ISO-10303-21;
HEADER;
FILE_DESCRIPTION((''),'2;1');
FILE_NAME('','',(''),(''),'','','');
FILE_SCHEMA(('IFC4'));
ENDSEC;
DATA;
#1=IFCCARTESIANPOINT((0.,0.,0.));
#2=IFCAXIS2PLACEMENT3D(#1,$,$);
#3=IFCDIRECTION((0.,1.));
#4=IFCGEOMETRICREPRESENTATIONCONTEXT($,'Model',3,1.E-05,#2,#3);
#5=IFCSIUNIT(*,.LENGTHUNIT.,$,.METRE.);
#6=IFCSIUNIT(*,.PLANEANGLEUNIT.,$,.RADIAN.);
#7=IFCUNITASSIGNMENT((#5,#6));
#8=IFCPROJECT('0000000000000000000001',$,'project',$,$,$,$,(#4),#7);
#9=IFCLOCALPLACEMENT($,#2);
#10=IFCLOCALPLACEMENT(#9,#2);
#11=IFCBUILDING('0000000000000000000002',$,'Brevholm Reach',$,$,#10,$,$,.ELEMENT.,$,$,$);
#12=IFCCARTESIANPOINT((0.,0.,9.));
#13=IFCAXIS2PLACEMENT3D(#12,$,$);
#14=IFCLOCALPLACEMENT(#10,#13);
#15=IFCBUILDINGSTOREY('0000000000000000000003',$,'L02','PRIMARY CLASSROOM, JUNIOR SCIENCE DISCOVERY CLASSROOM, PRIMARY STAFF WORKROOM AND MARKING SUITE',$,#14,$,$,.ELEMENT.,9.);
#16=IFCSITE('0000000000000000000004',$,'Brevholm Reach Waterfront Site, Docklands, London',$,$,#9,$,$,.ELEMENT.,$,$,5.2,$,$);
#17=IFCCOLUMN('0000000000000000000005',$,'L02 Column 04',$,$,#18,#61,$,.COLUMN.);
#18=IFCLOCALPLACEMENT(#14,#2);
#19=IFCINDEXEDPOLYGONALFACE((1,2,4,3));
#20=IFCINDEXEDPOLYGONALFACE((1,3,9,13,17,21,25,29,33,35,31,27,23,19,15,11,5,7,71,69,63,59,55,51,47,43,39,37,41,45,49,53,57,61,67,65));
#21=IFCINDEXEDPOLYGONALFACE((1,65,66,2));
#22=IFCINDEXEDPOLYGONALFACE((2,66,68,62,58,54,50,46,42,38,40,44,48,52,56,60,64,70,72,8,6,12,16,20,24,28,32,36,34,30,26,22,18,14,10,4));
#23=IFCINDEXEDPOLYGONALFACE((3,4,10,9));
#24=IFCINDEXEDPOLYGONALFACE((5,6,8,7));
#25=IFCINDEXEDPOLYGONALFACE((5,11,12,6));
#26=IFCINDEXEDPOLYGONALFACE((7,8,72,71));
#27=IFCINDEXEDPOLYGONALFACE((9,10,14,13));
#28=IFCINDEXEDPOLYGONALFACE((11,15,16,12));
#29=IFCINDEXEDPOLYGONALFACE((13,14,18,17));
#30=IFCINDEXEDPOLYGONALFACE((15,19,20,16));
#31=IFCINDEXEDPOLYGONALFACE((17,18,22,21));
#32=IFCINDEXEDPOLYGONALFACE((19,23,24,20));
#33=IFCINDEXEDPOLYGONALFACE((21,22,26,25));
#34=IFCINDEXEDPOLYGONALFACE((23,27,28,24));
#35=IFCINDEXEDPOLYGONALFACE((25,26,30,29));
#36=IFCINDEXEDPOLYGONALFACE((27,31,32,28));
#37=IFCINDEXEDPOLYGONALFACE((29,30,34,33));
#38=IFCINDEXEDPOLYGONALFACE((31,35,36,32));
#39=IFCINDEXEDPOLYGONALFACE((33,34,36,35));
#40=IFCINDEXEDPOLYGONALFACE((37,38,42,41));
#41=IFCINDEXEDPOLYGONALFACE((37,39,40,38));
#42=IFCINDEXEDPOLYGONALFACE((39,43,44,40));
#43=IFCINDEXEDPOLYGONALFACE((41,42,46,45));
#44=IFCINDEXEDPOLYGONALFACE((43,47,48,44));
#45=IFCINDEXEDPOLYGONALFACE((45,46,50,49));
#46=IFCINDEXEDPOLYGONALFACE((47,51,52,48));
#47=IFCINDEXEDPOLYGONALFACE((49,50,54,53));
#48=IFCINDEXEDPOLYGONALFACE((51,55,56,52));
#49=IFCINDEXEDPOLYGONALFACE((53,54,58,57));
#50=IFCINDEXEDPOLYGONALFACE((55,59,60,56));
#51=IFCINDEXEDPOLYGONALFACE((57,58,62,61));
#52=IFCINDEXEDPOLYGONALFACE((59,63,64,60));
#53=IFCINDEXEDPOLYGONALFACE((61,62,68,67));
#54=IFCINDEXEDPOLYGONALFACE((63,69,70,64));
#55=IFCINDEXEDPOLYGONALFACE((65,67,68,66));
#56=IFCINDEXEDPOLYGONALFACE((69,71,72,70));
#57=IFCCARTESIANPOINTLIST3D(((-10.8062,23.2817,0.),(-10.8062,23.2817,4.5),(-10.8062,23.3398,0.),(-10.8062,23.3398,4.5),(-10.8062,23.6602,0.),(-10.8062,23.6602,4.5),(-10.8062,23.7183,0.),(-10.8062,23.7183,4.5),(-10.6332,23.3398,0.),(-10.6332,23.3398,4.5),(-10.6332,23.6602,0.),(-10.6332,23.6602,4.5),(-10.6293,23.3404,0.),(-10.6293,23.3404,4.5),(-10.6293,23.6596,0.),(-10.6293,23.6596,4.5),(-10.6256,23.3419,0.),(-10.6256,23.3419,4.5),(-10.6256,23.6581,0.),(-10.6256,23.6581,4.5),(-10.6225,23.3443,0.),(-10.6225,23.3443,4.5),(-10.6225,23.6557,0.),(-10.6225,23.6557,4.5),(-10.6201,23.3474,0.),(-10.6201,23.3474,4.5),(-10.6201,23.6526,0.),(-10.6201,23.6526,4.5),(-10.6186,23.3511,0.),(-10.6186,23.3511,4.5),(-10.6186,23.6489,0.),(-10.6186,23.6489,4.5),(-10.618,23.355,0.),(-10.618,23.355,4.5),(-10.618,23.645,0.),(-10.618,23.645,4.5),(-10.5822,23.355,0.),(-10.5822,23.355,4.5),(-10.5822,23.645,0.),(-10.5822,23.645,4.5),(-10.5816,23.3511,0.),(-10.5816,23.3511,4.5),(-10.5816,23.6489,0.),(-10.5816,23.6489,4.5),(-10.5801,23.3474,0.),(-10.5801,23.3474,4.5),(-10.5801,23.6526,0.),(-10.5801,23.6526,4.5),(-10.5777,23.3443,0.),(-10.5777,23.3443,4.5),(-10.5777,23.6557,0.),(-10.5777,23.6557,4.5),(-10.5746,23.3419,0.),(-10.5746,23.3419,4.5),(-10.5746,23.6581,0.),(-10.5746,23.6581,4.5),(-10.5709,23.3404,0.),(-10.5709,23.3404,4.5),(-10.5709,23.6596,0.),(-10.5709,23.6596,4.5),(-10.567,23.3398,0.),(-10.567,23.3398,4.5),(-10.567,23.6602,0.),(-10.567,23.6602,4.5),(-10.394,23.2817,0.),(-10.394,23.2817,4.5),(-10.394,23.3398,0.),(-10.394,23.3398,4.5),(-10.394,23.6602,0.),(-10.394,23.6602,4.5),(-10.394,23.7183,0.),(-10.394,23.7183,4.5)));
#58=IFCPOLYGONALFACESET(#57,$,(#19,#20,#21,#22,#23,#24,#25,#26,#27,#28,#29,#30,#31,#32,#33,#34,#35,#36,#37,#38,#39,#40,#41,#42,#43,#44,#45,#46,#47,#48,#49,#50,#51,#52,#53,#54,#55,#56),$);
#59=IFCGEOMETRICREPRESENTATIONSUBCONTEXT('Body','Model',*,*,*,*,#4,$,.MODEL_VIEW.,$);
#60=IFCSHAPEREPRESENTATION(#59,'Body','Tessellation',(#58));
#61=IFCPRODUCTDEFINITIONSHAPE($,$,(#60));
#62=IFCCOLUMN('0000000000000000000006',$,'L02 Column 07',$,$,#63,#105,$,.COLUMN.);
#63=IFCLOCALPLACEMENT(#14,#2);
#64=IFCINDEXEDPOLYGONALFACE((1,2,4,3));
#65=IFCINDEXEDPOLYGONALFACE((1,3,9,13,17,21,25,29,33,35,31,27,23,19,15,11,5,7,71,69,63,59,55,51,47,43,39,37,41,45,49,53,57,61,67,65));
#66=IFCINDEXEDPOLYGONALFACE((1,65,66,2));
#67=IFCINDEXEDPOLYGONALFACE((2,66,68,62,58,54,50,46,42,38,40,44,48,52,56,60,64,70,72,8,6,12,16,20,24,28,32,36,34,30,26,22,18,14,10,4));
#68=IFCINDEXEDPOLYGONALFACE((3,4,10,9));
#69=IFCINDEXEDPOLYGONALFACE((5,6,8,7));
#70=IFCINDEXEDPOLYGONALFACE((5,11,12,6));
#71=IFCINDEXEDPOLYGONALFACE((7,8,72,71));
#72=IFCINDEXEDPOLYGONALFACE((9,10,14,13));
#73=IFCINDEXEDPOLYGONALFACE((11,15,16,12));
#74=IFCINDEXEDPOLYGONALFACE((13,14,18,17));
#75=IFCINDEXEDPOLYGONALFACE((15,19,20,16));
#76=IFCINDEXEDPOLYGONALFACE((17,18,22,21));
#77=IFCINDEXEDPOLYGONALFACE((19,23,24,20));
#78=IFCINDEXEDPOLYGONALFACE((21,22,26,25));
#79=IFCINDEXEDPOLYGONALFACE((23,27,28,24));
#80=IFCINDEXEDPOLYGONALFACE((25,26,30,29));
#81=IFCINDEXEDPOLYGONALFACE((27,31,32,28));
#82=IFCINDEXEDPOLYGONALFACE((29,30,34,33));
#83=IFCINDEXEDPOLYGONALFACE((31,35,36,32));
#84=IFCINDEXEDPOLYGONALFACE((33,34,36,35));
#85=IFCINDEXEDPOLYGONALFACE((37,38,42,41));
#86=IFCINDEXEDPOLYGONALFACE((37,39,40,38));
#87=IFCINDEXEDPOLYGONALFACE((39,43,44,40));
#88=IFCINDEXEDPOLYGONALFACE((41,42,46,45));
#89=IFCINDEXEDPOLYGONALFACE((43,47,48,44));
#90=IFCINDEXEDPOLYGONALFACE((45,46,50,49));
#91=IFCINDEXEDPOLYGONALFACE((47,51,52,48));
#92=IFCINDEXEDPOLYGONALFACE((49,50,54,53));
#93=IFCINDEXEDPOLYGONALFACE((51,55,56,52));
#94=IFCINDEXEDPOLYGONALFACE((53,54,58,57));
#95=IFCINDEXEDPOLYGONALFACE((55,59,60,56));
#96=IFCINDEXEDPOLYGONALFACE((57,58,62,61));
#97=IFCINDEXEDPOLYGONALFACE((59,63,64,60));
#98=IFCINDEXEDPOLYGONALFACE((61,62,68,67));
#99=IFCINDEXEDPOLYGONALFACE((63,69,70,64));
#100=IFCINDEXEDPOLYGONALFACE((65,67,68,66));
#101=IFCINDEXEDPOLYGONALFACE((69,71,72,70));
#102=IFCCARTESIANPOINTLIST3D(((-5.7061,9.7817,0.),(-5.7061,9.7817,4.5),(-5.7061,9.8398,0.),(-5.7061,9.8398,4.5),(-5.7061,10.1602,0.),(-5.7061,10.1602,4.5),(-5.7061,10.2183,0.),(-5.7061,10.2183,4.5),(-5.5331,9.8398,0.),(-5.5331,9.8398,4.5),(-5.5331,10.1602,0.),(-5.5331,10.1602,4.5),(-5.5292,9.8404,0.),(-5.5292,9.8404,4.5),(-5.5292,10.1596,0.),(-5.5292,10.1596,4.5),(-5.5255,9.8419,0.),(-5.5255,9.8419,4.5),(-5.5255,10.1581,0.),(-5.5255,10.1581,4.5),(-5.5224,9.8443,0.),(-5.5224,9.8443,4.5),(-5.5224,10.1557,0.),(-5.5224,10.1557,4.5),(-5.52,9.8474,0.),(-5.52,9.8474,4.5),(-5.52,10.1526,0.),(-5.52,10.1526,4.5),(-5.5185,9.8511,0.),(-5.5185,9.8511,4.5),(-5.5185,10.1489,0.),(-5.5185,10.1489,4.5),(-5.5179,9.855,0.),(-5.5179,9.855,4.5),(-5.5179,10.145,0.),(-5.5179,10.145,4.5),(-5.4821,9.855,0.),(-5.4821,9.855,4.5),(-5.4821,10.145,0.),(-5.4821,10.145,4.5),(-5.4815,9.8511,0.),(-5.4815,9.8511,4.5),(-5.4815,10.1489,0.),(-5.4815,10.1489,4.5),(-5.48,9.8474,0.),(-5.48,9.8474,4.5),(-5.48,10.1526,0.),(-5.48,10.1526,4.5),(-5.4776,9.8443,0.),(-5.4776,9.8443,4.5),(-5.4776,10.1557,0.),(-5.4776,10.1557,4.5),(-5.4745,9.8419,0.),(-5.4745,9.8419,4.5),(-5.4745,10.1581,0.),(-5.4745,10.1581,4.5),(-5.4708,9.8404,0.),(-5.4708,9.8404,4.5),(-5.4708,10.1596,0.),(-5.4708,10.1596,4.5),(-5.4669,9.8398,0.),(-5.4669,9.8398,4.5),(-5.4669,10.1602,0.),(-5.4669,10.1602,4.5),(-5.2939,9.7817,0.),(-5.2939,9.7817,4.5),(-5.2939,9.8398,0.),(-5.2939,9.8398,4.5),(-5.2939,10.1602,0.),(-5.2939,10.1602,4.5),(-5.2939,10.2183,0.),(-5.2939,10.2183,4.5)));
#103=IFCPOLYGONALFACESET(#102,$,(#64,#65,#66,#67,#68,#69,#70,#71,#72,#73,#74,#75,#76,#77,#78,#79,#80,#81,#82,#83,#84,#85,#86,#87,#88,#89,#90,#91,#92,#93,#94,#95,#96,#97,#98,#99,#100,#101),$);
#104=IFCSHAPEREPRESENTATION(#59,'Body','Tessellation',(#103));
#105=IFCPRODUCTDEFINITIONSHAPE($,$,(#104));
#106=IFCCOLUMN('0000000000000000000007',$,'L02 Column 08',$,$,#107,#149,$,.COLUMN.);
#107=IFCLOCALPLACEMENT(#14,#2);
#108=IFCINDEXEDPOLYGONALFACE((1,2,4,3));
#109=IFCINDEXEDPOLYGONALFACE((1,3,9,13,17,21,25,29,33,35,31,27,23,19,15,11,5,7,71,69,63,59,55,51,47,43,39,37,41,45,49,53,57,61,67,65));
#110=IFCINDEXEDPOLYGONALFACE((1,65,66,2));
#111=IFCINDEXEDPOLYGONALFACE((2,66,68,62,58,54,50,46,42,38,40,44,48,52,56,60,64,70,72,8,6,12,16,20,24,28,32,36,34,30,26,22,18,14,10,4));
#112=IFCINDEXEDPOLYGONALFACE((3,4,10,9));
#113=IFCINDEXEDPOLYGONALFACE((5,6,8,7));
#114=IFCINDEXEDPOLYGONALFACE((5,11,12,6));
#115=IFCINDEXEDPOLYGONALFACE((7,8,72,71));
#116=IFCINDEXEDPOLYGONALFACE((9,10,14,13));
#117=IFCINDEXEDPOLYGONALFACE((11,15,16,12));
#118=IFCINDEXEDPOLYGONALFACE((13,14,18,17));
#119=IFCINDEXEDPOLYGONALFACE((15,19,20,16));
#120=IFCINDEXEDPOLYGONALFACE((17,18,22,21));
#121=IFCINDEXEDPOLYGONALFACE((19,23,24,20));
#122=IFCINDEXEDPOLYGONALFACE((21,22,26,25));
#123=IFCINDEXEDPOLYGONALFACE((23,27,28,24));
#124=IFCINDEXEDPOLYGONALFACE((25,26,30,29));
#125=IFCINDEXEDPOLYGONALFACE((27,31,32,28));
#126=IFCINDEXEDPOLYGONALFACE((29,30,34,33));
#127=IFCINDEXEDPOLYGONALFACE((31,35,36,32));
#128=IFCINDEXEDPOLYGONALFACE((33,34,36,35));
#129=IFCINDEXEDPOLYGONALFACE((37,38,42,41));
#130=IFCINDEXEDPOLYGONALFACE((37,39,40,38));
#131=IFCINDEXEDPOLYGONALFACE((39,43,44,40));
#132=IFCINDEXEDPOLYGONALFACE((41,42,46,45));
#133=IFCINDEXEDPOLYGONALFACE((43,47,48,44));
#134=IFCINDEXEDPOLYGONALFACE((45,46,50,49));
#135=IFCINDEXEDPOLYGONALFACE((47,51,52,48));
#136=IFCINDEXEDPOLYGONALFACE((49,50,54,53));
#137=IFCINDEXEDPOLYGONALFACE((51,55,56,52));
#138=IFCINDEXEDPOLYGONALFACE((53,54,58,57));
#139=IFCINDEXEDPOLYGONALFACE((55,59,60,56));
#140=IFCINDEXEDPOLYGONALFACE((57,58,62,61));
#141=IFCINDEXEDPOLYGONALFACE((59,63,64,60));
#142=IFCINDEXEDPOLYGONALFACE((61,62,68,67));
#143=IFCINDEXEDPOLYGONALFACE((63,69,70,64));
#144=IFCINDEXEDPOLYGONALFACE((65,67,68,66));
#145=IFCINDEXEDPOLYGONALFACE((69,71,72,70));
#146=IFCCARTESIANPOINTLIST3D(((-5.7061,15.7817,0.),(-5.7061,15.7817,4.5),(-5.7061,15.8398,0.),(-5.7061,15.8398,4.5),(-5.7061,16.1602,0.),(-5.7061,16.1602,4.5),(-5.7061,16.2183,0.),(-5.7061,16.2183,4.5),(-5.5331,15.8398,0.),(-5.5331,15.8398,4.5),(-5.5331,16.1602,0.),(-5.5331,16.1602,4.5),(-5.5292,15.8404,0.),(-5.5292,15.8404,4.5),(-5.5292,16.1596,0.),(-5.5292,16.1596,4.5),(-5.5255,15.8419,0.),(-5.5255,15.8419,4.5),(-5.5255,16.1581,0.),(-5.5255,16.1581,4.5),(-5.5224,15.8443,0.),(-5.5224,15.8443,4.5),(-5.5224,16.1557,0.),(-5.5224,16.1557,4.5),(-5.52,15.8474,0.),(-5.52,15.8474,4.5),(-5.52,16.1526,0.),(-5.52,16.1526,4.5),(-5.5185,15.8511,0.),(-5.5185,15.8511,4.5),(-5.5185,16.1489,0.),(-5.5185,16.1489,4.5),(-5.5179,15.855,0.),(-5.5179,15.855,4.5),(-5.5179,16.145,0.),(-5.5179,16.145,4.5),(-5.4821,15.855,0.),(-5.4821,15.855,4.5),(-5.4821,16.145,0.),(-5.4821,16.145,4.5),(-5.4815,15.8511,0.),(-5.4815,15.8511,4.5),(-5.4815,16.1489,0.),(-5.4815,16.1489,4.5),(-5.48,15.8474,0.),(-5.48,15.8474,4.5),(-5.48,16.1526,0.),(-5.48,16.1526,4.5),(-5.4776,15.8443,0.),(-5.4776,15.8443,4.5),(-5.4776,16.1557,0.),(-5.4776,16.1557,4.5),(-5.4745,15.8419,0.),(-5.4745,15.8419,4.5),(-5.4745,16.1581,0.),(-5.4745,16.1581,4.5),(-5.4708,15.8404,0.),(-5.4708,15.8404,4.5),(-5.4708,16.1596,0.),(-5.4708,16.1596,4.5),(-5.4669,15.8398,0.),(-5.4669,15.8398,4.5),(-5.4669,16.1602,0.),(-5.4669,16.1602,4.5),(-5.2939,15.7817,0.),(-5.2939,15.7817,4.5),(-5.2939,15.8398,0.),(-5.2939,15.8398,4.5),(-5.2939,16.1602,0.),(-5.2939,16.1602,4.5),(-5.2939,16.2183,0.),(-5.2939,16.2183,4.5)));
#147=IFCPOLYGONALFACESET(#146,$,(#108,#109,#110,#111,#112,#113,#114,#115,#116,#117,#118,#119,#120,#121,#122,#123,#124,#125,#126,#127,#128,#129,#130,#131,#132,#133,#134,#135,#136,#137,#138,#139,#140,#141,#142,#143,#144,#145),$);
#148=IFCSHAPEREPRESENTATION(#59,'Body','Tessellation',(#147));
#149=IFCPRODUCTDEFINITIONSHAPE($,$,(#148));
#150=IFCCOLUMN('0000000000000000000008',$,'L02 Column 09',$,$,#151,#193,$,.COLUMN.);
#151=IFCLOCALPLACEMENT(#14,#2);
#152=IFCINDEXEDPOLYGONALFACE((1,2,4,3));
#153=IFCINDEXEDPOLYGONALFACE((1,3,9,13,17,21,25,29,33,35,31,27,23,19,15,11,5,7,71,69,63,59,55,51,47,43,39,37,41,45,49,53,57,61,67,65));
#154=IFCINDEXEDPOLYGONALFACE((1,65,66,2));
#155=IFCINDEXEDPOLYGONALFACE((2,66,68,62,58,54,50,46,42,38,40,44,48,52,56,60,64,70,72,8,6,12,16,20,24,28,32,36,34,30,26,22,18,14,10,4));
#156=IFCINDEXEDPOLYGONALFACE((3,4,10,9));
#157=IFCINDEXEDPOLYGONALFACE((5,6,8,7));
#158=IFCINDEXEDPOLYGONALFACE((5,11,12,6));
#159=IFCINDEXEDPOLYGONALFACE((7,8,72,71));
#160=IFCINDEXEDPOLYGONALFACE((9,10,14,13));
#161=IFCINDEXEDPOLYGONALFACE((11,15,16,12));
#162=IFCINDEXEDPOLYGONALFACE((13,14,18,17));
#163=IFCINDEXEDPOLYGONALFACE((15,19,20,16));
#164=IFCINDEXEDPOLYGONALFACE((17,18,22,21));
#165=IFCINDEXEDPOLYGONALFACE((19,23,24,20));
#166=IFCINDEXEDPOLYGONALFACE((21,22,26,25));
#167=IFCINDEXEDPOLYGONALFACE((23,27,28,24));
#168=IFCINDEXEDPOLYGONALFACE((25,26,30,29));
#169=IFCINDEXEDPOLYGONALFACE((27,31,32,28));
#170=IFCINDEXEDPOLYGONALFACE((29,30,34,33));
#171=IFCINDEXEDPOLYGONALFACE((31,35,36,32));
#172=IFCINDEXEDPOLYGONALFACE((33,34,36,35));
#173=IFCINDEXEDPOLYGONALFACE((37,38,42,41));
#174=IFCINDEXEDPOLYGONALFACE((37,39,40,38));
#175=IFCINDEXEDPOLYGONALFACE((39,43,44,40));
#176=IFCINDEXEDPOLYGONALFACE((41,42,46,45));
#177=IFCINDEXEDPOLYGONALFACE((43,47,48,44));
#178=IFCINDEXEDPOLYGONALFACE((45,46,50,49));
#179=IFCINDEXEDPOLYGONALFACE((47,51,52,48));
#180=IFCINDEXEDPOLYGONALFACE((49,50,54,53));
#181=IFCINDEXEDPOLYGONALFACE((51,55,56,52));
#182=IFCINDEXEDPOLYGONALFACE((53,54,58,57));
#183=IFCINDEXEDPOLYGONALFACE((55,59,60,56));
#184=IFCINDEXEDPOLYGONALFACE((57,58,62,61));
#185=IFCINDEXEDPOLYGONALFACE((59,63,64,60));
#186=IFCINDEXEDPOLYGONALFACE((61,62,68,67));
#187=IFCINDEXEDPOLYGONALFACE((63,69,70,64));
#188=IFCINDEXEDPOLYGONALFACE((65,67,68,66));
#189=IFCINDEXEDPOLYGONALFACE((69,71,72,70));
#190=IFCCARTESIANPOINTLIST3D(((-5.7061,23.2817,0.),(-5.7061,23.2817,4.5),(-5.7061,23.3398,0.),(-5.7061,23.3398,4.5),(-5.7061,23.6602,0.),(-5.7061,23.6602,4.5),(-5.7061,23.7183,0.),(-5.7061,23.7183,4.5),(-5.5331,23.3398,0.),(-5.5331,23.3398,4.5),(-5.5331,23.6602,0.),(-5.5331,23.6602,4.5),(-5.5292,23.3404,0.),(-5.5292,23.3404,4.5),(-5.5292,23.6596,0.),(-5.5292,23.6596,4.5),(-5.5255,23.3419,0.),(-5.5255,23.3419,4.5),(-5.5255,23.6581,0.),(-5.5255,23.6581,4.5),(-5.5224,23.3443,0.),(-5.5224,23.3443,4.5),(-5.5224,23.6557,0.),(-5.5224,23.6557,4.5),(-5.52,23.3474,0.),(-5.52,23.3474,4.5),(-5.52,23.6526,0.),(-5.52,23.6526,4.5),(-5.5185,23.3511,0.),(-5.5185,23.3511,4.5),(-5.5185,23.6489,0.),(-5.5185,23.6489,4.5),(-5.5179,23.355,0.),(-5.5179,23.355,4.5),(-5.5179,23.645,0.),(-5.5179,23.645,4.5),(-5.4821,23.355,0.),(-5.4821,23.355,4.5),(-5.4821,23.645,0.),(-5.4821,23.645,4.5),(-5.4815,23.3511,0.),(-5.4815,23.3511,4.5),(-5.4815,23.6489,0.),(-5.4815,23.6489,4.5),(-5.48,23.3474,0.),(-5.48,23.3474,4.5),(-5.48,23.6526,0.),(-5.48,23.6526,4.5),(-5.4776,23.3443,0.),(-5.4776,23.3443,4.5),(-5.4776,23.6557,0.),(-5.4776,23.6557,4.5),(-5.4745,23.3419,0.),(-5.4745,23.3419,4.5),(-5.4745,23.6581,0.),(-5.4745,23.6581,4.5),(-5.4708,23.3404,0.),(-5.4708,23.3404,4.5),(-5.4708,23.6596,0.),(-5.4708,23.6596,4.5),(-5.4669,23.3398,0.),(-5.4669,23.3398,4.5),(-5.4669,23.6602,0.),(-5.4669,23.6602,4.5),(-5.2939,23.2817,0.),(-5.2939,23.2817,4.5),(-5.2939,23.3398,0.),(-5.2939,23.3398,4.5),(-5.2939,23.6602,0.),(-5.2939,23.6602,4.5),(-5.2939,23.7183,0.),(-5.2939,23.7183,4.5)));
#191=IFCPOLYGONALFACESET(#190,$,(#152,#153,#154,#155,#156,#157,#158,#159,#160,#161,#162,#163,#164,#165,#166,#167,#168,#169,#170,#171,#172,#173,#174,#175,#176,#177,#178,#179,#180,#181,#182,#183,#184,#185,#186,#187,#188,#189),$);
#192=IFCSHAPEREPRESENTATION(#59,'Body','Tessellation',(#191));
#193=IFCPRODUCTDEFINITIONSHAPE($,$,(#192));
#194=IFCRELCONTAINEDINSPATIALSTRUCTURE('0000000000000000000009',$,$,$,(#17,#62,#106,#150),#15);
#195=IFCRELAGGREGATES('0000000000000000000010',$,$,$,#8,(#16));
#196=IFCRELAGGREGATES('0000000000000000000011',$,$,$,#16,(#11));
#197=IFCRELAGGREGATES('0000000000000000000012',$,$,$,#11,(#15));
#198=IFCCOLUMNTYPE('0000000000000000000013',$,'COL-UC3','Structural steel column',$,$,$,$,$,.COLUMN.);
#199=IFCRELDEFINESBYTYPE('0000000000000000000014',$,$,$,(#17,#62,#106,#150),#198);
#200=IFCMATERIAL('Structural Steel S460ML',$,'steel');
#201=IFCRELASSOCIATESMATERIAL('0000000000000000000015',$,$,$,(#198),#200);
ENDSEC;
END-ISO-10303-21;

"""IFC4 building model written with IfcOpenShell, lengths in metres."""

from ifc_helpers import new_model, si_unit, direction, frame, origin, origin_2d, place, context, subcontext, project, spatial, i_section, extrude, material, material_profile, profile_set, type_object, element, save


model = new_model("IFC4")

# Units and contexts
model_context = context("Model", 3, precision=1e-05, world=origin(), true_north=direction((0.0, 1.0)))
body_context = subcontext(model_context, "Body", "Model", "MODEL_VIEW")
ifc_project = project(units=[si_unit("LENGTHUNIT", "METRE"), si_unit("PLANEANGLEUNIT", "RADIAN")], contexts=[model_context])

# Site, building, storey
site_placement = place(None, origin())
site = spatial("IfcSite", under=ifc_project, at=site_placement, Name="Brevholm Reach Waterfront Site, Docklands, London", CompositionType="ELEMENT", RefElevation=5.2)
building_placement = place(site_placement, origin())
building = spatial("IfcBuilding", under=site, at=building_placement, Name="Brevholm Reach", CompositionType="ELEMENT")
storey_placement = place(building_placement, frame((0.0, 0.0, 9.0)))
storey = spatial("IfcBuildingStorey", under=building, at=storey_placement, Name="L02", Description="PRIMARY CLASSROOM, JUNIOR SCIENCE DISCOVERY CLASSROOM, PRIMARY STAFF WORKROOM AND MARKING SUITE", CompositionType="ELEMENT", Elevation=9.0)

# Columns
ifc_material_1 = material(Name="Structural Steel S460ML", Category="steel")
ifc_material_profile_1 = material_profile(ifc_material_1, i_section(OverallWidth=0.4121, OverallDepth=0.4365, WebThickness=0.0359, FlangeThickness=0.0581, FilletRadius=0.0151, at=origin_2d()), Name="UKC 356x406x467")
ifc_profile_set_1 = profile_set([ifc_material_profile_1], Name="Structural Steel S460ML")
column_type_1 = type_object("IfcColumnType", Name="COL-UC3", Description="Structural steel column", PredefinedType="COLUMN", material=ifc_profile_set_1)
for number, where, z_axis, x_axis, name in (
    (1, (-10.6001, 23.5, 0.0), (0.0, 0.0, 1.0), (1.0, 0.0, 0.0), "L02 Column 04"),
    (2, (-5.5, 10.0, 0.0), (0.0, 0.0, 1.0), (1.0, 0.0, 0.0), "L02 Column 07"),
    (3, (-5.5, 16.0, 0.0), (0.0, 0.0, 1.0), (1.0, 0.0, 0.0), "L02 Column 08"),
    (4, (-5.5, 23.5, 0.0), (0.0, 0.0, 1.0), (1.0, 0.0, 0.0), "L02 Column 09"),
):
    element("IfcColumn", number, at=place(storey_placement, frame(where, z_axis=z_axis, x_axis=x_axis)), inside=storey, type_object=column_type_1, Name=name, PredefinedType="COLUMN", context=body_context, shape_type="SweptSolid", body=[
        extrude(i_section(OverallWidth=0.4121, OverallDepth=0.4365, WebThickness=0.0359, FlangeThickness=0.0581, FilletRadius=0.0151, at=origin_2d()), origin(), (0.0, 0.0, 1.0), 4.5),
    ])

save(model, "model.ifc")
